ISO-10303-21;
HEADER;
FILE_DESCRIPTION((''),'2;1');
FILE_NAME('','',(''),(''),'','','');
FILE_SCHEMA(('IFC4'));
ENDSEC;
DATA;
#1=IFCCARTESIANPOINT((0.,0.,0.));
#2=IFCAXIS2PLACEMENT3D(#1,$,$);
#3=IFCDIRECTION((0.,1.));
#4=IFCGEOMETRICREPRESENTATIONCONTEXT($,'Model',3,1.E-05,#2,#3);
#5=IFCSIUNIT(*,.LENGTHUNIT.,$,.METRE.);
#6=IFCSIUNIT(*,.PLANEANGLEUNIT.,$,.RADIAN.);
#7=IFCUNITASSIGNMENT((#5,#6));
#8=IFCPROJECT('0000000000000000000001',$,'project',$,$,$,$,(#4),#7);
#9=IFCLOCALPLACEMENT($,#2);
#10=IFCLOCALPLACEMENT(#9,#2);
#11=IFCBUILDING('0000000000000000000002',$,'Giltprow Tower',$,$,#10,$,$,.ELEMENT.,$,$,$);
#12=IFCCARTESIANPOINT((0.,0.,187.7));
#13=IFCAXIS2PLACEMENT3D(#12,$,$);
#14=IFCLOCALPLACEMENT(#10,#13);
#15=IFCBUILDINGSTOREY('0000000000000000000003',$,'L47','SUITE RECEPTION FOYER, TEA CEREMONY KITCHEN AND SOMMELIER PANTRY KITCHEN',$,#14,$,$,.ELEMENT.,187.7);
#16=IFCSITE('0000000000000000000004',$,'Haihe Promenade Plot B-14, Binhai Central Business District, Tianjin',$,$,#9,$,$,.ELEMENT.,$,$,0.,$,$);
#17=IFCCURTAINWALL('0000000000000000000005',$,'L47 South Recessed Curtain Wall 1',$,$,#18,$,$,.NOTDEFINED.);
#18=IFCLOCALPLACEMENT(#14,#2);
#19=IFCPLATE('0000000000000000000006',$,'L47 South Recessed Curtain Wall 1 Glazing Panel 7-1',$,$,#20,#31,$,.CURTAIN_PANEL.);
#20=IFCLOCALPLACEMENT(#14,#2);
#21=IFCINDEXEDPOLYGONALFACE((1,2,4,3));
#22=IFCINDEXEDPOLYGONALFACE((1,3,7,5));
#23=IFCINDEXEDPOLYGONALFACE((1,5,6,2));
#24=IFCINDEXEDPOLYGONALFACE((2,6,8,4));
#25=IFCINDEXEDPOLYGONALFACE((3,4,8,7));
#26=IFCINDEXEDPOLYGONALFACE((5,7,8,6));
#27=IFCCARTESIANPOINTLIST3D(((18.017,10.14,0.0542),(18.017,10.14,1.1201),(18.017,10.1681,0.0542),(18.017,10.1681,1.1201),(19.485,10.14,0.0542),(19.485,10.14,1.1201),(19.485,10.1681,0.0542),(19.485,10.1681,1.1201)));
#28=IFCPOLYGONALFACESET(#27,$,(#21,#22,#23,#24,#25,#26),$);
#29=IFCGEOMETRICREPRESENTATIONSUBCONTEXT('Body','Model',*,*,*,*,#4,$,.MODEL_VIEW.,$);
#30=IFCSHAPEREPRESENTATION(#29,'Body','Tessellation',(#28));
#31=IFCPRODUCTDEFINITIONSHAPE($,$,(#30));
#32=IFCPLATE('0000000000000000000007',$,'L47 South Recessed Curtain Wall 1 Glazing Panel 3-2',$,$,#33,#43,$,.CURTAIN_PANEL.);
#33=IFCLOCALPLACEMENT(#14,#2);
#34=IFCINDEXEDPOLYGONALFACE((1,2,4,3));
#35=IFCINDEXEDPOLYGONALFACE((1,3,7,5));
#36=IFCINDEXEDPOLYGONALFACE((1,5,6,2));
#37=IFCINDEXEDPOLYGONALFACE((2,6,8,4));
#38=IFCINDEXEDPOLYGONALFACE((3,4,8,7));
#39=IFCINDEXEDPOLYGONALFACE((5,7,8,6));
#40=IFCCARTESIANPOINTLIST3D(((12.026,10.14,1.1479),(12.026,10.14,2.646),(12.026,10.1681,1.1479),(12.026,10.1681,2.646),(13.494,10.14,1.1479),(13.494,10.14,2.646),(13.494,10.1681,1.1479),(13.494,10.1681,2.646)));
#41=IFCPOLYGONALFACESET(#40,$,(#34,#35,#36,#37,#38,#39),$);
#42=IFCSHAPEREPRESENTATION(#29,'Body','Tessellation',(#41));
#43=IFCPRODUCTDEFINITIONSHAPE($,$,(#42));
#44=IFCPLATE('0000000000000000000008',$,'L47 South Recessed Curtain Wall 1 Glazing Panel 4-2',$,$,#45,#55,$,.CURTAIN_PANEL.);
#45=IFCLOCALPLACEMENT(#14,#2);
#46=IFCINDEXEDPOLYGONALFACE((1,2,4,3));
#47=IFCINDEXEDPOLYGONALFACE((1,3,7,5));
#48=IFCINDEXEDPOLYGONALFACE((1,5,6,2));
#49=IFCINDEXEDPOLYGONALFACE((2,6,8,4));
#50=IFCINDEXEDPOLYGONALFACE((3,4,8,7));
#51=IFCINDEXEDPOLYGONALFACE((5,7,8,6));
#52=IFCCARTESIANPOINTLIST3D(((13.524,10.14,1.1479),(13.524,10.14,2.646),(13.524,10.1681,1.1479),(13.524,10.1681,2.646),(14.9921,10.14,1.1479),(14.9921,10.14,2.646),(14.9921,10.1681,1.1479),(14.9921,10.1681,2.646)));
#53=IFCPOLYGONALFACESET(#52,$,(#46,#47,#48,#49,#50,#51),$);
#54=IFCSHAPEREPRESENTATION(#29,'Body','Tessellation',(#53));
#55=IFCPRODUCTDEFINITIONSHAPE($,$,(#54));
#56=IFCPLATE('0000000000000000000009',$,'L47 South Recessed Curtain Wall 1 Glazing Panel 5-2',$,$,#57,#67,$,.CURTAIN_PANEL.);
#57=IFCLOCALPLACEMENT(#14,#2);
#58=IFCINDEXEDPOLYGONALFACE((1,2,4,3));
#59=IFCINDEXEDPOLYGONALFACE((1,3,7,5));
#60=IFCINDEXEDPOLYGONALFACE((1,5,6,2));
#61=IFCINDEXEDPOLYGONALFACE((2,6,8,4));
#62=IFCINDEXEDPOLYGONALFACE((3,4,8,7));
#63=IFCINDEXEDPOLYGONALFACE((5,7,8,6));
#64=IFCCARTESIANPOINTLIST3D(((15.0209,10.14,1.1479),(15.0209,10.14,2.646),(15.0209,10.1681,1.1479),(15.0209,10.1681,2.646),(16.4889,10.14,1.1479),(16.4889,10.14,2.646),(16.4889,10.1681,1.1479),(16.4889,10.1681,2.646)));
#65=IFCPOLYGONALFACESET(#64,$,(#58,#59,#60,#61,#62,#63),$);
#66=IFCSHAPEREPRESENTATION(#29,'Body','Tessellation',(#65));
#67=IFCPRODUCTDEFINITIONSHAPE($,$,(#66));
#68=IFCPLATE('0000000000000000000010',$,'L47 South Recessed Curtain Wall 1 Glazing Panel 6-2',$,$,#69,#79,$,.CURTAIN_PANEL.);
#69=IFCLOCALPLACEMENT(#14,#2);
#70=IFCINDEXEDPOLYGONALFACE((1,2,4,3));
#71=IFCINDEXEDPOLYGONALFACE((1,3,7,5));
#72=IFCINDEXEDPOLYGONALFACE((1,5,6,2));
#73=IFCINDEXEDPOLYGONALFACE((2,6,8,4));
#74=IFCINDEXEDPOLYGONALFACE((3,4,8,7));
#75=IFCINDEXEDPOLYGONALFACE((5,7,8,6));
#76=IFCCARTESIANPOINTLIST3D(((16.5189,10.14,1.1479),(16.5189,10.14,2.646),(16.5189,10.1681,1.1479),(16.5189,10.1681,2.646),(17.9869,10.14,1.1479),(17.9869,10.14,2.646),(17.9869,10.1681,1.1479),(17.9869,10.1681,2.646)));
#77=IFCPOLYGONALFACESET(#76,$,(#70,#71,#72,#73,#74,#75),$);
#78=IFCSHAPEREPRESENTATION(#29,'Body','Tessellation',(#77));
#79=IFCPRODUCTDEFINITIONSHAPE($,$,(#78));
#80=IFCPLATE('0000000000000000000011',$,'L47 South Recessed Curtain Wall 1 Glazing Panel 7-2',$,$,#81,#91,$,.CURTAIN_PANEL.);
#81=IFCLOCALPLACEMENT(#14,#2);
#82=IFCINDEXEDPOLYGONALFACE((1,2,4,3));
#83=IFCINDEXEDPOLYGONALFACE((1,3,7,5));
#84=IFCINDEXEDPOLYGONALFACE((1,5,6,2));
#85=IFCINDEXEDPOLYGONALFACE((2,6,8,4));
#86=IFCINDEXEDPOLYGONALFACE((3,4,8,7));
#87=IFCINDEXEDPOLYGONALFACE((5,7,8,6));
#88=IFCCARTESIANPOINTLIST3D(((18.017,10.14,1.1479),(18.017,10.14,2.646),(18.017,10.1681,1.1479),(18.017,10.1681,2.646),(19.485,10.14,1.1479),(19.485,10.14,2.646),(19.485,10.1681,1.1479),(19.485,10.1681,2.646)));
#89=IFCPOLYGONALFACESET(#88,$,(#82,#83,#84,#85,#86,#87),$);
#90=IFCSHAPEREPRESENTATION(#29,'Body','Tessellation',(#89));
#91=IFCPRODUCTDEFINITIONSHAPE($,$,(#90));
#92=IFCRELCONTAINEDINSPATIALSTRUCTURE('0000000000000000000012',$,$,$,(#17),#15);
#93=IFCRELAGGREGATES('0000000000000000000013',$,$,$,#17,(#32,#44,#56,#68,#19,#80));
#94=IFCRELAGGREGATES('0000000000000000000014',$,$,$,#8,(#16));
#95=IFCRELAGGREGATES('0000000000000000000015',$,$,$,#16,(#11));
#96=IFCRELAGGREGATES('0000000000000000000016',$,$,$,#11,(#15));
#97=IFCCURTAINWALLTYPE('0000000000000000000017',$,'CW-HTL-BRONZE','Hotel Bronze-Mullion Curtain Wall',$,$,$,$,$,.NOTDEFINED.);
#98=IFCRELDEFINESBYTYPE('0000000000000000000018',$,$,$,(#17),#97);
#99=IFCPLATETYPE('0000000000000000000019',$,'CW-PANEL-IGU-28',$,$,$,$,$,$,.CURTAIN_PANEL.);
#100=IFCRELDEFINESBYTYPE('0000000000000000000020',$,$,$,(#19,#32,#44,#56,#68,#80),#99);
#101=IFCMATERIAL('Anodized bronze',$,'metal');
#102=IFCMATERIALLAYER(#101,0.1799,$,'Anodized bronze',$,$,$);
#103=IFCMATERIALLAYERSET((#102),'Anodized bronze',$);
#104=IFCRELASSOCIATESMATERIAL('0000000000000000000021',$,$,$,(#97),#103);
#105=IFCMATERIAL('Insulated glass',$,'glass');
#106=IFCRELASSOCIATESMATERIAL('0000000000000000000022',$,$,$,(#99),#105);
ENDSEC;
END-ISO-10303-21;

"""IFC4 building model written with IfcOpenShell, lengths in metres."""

from ifc_helpers import new_model, si_unit, direction, frame, origin, origin_2d, place, context, subcontext, project, spatial, rectangle, extrude, source, transform, mapped, material, layer, layer_set, type_object, element, aggregate, save


model = new_model("IFC4")

# Units and contexts
model_context = context("Model", 3, precision=1e-05, world=origin(), true_north=direction((0.0, 1.0)))
body_context = subcontext(model_context, "Body", "Model", "MODEL_VIEW")
ifc_project = project(units=[si_unit("LENGTHUNIT", "METRE"), si_unit("PLANEANGLEUNIT", "RADIAN")], contexts=[model_context])

# Site, building, storey
site_placement = place(None, origin())
site = spatial("IfcSite", under=ifc_project, at=site_placement, Name="Haihe Promenade Plot B-14, Binhai Central Business District, Tianjin", CompositionType="ELEMENT", RefElevation=0.0)
building_placement = place(site_placement, origin())
building = spatial("IfcBuilding", under=site, at=building_placement, Name="Giltprow Tower", CompositionType="ELEMENT")
storey_placement = place(building_placement, frame((0.0, 0.0, 187.7)))
storey = spatial("IfcBuildingStorey", under=building, at=storey_placement, Name="L47", Description="SUITE RECEPTION FOYER, TEA CEREMONY KITCHEN AND SOMMELIER PANTRY KITCHEN", CompositionType="ELEMENT", Elevation=187.7)

# Curtain wall
ifc_material_1 = material(Name="Anodized bronze", Category="metal")
ifc_layer = layer(ifc_material_1, 0.1799, Name="Anodized bronze")
ifc_layer_set = layer_set([ifc_layer], Name="Anodized bronze")
curtain_wall_type = type_object("IfcCurtainWallType", Name="CW-HTL-BRONZE", Description="Hotel Bronze-Mullion Curtain Wall", PredefinedType="NOTDEFINED", material=ifc_layer_set)
curtain_wall_placement = place(storey_placement, origin())
curtain_wall = element("IfcCurtainWall", 1, at=curtain_wall_placement, inside=storey, type_object=curtain_wall_type, Name="L47 South Recessed Curtain Wall 1", PredefinedType="NOTDEFINED")

# Plates
ifc_material_2 = material(Name="Insulated glass", Category="glass")
plate_type_1 = type_object("IfcPlateType", Name="CW-PANEL-IGU-28", PredefinedType="CURTAIN_PANEL", material=ifc_material_2)
shared_shape_1 = source(origin(), body_context, "Body", "SweptSolid", [
    extrude(rectangle(XDim=1.468, YDim=0.0281, at=origin_2d()), origin(), (0.0, 0.0, 1.0), 1.0659),
])
plate_1_placement = place(storey_placement, frame((18.751, 10.1541, 0.0542), z_axis=(0.0, 0.0, 1.0), x_axis=(1.0, 0.0, 0.0)))
plate_1 = element("IfcPlate", 2, at=plate_1_placement, type_object=plate_type_1, Name="L47 South Recessed Curtain Wall 1 Glazing Panel 7-1", PredefinedType="CURTAIN_PANEL", context=body_context, shape_type="MappedRepresentation", body=[
    mapped(shared_shape_1, transform((0.0, 0.0, 0.0), x_axis=(1.0, 0.0, 0.0), y_axis=(0.0, 1.0, 0.0), z_axis=(0.0, 0.0, 1.0), scale=1.0)),
])
shared_shape_2 = source(origin(), body_context, "Body", "SweptSolid", [
    extrude(rectangle(XDim=1.468, YDim=0.0281, at=origin_2d()), origin(), (0.0, 0.0, 1.0), 1.498),
])
plate_2_placement = place(storey_placement, frame((12.76, 10.1541, 1.1479), z_axis=(0.0, 0.0, 1.0), x_axis=(1.0, 0.0, 0.0)))
plate_2 = element("IfcPlate", 3, at=plate_2_placement, type_object=plate_type_1, Name="L47 South Recessed Curtain Wall 1 Glazing Panel 3-2", PredefinedType="CURTAIN_PANEL", context=body_context, shape_type="MappedRepresentation", body=[
    mapped(shared_shape_2, transform((0.0, 0.0, 0.0), x_axis=(1.0, 0.0, 0.0), y_axis=(0.0, 1.0, 0.0), z_axis=(0.0, 0.0, 1.0), scale=1.0)),
])
plate_3_placement = place(storey_placement, frame((14.2581, 10.1541, 1.1479), z_axis=(0.0, 0.0, 1.0), x_axis=(1.0, 0.0, 0.0)))
plate_3 = element("IfcPlate", 4, at=plate_3_placement, type_object=plate_type_1, Name="L47 South Recessed Curtain Wall 1 Glazing Panel 4-2", PredefinedType="CURTAIN_PANEL", context=body_context, shape_type="MappedRepresentation", body=[
    mapped(shared_shape_2, transform((0.0, 0.0, 0.0), x_axis=(1.0, 0.0, 0.0), y_axis=(0.0, 1.0, 0.0), z_axis=(0.0, 0.0, 1.0), scale=1.0)),
])
plate_4_placement = place(storey_placement, frame((15.7549, 10.1541, 1.1479), z_axis=(0.0, 0.0, 1.0), x_axis=(1.0, 0.0, 0.0)))
plate_4 = element("IfcPlate", 5, at=plate_4_placement, type_object=plate_type_1, Name="L47 South Recessed Curtain Wall 1 Glazing Panel 5-2", PredefinedType="CURTAIN_PANEL", context=body_context, shape_type="MappedRepresentation", body=[
    mapped(shared_shape_2, transform((0.0, 0.0, 0.0), x_axis=(1.0, 0.0, 0.0), y_axis=(0.0, 1.0, 0.0), z_axis=(0.0, 0.0, 1.0), scale=1.0)),
])
plate_5_placement = place(storey_placement, frame((17.2529, 10.1541, 1.1479), z_axis=(0.0, 0.0, 1.0), x_axis=(1.0, 0.0, 0.0)))
plate_5 = element("IfcPlate", 6, at=plate_5_placement, type_object=plate_type_1, Name="L47 South Recessed Curtain Wall 1 Glazing Panel 6-2", PredefinedType="CURTAIN_PANEL", context=body_context, shape_type="MappedRepresentation", body=[
    mapped(shared_shape_2, transform((0.0, 0.0, 0.0), x_axis=(1.0, 0.0, 0.0), y_axis=(0.0, 1.0, 0.0), z_axis=(0.0, 0.0, 1.0), scale=1.0)),
])
plate_6_placement = place(storey_placement, frame((18.751, 10.1541, 1.1479), z_axis=(0.0, 0.0, 1.0), x_axis=(1.0, 0.0, 0.0)))
plate_6 = element("IfcPlate", 7, at=plate_6_placement, type_object=plate_type_1, Name="L47 South Recessed Curtain Wall 1 Glazing Panel 7-2", PredefinedType="CURTAIN_PANEL", context=body_context, shape_type="MappedRepresentation", body=[
    mapped(shared_shape_2, transform((0.0, 0.0, 0.0), x_axis=(1.0, 0.0, 0.0), y_axis=(0.0, 1.0, 0.0), z_axis=(0.0, 0.0, 1.0), scale=1.0)),
])
aggregate(curtain_wall, [plate_2, plate_3, plate_4, plate_5, plate_1, plate_6])

save(model, "model.ifc")
